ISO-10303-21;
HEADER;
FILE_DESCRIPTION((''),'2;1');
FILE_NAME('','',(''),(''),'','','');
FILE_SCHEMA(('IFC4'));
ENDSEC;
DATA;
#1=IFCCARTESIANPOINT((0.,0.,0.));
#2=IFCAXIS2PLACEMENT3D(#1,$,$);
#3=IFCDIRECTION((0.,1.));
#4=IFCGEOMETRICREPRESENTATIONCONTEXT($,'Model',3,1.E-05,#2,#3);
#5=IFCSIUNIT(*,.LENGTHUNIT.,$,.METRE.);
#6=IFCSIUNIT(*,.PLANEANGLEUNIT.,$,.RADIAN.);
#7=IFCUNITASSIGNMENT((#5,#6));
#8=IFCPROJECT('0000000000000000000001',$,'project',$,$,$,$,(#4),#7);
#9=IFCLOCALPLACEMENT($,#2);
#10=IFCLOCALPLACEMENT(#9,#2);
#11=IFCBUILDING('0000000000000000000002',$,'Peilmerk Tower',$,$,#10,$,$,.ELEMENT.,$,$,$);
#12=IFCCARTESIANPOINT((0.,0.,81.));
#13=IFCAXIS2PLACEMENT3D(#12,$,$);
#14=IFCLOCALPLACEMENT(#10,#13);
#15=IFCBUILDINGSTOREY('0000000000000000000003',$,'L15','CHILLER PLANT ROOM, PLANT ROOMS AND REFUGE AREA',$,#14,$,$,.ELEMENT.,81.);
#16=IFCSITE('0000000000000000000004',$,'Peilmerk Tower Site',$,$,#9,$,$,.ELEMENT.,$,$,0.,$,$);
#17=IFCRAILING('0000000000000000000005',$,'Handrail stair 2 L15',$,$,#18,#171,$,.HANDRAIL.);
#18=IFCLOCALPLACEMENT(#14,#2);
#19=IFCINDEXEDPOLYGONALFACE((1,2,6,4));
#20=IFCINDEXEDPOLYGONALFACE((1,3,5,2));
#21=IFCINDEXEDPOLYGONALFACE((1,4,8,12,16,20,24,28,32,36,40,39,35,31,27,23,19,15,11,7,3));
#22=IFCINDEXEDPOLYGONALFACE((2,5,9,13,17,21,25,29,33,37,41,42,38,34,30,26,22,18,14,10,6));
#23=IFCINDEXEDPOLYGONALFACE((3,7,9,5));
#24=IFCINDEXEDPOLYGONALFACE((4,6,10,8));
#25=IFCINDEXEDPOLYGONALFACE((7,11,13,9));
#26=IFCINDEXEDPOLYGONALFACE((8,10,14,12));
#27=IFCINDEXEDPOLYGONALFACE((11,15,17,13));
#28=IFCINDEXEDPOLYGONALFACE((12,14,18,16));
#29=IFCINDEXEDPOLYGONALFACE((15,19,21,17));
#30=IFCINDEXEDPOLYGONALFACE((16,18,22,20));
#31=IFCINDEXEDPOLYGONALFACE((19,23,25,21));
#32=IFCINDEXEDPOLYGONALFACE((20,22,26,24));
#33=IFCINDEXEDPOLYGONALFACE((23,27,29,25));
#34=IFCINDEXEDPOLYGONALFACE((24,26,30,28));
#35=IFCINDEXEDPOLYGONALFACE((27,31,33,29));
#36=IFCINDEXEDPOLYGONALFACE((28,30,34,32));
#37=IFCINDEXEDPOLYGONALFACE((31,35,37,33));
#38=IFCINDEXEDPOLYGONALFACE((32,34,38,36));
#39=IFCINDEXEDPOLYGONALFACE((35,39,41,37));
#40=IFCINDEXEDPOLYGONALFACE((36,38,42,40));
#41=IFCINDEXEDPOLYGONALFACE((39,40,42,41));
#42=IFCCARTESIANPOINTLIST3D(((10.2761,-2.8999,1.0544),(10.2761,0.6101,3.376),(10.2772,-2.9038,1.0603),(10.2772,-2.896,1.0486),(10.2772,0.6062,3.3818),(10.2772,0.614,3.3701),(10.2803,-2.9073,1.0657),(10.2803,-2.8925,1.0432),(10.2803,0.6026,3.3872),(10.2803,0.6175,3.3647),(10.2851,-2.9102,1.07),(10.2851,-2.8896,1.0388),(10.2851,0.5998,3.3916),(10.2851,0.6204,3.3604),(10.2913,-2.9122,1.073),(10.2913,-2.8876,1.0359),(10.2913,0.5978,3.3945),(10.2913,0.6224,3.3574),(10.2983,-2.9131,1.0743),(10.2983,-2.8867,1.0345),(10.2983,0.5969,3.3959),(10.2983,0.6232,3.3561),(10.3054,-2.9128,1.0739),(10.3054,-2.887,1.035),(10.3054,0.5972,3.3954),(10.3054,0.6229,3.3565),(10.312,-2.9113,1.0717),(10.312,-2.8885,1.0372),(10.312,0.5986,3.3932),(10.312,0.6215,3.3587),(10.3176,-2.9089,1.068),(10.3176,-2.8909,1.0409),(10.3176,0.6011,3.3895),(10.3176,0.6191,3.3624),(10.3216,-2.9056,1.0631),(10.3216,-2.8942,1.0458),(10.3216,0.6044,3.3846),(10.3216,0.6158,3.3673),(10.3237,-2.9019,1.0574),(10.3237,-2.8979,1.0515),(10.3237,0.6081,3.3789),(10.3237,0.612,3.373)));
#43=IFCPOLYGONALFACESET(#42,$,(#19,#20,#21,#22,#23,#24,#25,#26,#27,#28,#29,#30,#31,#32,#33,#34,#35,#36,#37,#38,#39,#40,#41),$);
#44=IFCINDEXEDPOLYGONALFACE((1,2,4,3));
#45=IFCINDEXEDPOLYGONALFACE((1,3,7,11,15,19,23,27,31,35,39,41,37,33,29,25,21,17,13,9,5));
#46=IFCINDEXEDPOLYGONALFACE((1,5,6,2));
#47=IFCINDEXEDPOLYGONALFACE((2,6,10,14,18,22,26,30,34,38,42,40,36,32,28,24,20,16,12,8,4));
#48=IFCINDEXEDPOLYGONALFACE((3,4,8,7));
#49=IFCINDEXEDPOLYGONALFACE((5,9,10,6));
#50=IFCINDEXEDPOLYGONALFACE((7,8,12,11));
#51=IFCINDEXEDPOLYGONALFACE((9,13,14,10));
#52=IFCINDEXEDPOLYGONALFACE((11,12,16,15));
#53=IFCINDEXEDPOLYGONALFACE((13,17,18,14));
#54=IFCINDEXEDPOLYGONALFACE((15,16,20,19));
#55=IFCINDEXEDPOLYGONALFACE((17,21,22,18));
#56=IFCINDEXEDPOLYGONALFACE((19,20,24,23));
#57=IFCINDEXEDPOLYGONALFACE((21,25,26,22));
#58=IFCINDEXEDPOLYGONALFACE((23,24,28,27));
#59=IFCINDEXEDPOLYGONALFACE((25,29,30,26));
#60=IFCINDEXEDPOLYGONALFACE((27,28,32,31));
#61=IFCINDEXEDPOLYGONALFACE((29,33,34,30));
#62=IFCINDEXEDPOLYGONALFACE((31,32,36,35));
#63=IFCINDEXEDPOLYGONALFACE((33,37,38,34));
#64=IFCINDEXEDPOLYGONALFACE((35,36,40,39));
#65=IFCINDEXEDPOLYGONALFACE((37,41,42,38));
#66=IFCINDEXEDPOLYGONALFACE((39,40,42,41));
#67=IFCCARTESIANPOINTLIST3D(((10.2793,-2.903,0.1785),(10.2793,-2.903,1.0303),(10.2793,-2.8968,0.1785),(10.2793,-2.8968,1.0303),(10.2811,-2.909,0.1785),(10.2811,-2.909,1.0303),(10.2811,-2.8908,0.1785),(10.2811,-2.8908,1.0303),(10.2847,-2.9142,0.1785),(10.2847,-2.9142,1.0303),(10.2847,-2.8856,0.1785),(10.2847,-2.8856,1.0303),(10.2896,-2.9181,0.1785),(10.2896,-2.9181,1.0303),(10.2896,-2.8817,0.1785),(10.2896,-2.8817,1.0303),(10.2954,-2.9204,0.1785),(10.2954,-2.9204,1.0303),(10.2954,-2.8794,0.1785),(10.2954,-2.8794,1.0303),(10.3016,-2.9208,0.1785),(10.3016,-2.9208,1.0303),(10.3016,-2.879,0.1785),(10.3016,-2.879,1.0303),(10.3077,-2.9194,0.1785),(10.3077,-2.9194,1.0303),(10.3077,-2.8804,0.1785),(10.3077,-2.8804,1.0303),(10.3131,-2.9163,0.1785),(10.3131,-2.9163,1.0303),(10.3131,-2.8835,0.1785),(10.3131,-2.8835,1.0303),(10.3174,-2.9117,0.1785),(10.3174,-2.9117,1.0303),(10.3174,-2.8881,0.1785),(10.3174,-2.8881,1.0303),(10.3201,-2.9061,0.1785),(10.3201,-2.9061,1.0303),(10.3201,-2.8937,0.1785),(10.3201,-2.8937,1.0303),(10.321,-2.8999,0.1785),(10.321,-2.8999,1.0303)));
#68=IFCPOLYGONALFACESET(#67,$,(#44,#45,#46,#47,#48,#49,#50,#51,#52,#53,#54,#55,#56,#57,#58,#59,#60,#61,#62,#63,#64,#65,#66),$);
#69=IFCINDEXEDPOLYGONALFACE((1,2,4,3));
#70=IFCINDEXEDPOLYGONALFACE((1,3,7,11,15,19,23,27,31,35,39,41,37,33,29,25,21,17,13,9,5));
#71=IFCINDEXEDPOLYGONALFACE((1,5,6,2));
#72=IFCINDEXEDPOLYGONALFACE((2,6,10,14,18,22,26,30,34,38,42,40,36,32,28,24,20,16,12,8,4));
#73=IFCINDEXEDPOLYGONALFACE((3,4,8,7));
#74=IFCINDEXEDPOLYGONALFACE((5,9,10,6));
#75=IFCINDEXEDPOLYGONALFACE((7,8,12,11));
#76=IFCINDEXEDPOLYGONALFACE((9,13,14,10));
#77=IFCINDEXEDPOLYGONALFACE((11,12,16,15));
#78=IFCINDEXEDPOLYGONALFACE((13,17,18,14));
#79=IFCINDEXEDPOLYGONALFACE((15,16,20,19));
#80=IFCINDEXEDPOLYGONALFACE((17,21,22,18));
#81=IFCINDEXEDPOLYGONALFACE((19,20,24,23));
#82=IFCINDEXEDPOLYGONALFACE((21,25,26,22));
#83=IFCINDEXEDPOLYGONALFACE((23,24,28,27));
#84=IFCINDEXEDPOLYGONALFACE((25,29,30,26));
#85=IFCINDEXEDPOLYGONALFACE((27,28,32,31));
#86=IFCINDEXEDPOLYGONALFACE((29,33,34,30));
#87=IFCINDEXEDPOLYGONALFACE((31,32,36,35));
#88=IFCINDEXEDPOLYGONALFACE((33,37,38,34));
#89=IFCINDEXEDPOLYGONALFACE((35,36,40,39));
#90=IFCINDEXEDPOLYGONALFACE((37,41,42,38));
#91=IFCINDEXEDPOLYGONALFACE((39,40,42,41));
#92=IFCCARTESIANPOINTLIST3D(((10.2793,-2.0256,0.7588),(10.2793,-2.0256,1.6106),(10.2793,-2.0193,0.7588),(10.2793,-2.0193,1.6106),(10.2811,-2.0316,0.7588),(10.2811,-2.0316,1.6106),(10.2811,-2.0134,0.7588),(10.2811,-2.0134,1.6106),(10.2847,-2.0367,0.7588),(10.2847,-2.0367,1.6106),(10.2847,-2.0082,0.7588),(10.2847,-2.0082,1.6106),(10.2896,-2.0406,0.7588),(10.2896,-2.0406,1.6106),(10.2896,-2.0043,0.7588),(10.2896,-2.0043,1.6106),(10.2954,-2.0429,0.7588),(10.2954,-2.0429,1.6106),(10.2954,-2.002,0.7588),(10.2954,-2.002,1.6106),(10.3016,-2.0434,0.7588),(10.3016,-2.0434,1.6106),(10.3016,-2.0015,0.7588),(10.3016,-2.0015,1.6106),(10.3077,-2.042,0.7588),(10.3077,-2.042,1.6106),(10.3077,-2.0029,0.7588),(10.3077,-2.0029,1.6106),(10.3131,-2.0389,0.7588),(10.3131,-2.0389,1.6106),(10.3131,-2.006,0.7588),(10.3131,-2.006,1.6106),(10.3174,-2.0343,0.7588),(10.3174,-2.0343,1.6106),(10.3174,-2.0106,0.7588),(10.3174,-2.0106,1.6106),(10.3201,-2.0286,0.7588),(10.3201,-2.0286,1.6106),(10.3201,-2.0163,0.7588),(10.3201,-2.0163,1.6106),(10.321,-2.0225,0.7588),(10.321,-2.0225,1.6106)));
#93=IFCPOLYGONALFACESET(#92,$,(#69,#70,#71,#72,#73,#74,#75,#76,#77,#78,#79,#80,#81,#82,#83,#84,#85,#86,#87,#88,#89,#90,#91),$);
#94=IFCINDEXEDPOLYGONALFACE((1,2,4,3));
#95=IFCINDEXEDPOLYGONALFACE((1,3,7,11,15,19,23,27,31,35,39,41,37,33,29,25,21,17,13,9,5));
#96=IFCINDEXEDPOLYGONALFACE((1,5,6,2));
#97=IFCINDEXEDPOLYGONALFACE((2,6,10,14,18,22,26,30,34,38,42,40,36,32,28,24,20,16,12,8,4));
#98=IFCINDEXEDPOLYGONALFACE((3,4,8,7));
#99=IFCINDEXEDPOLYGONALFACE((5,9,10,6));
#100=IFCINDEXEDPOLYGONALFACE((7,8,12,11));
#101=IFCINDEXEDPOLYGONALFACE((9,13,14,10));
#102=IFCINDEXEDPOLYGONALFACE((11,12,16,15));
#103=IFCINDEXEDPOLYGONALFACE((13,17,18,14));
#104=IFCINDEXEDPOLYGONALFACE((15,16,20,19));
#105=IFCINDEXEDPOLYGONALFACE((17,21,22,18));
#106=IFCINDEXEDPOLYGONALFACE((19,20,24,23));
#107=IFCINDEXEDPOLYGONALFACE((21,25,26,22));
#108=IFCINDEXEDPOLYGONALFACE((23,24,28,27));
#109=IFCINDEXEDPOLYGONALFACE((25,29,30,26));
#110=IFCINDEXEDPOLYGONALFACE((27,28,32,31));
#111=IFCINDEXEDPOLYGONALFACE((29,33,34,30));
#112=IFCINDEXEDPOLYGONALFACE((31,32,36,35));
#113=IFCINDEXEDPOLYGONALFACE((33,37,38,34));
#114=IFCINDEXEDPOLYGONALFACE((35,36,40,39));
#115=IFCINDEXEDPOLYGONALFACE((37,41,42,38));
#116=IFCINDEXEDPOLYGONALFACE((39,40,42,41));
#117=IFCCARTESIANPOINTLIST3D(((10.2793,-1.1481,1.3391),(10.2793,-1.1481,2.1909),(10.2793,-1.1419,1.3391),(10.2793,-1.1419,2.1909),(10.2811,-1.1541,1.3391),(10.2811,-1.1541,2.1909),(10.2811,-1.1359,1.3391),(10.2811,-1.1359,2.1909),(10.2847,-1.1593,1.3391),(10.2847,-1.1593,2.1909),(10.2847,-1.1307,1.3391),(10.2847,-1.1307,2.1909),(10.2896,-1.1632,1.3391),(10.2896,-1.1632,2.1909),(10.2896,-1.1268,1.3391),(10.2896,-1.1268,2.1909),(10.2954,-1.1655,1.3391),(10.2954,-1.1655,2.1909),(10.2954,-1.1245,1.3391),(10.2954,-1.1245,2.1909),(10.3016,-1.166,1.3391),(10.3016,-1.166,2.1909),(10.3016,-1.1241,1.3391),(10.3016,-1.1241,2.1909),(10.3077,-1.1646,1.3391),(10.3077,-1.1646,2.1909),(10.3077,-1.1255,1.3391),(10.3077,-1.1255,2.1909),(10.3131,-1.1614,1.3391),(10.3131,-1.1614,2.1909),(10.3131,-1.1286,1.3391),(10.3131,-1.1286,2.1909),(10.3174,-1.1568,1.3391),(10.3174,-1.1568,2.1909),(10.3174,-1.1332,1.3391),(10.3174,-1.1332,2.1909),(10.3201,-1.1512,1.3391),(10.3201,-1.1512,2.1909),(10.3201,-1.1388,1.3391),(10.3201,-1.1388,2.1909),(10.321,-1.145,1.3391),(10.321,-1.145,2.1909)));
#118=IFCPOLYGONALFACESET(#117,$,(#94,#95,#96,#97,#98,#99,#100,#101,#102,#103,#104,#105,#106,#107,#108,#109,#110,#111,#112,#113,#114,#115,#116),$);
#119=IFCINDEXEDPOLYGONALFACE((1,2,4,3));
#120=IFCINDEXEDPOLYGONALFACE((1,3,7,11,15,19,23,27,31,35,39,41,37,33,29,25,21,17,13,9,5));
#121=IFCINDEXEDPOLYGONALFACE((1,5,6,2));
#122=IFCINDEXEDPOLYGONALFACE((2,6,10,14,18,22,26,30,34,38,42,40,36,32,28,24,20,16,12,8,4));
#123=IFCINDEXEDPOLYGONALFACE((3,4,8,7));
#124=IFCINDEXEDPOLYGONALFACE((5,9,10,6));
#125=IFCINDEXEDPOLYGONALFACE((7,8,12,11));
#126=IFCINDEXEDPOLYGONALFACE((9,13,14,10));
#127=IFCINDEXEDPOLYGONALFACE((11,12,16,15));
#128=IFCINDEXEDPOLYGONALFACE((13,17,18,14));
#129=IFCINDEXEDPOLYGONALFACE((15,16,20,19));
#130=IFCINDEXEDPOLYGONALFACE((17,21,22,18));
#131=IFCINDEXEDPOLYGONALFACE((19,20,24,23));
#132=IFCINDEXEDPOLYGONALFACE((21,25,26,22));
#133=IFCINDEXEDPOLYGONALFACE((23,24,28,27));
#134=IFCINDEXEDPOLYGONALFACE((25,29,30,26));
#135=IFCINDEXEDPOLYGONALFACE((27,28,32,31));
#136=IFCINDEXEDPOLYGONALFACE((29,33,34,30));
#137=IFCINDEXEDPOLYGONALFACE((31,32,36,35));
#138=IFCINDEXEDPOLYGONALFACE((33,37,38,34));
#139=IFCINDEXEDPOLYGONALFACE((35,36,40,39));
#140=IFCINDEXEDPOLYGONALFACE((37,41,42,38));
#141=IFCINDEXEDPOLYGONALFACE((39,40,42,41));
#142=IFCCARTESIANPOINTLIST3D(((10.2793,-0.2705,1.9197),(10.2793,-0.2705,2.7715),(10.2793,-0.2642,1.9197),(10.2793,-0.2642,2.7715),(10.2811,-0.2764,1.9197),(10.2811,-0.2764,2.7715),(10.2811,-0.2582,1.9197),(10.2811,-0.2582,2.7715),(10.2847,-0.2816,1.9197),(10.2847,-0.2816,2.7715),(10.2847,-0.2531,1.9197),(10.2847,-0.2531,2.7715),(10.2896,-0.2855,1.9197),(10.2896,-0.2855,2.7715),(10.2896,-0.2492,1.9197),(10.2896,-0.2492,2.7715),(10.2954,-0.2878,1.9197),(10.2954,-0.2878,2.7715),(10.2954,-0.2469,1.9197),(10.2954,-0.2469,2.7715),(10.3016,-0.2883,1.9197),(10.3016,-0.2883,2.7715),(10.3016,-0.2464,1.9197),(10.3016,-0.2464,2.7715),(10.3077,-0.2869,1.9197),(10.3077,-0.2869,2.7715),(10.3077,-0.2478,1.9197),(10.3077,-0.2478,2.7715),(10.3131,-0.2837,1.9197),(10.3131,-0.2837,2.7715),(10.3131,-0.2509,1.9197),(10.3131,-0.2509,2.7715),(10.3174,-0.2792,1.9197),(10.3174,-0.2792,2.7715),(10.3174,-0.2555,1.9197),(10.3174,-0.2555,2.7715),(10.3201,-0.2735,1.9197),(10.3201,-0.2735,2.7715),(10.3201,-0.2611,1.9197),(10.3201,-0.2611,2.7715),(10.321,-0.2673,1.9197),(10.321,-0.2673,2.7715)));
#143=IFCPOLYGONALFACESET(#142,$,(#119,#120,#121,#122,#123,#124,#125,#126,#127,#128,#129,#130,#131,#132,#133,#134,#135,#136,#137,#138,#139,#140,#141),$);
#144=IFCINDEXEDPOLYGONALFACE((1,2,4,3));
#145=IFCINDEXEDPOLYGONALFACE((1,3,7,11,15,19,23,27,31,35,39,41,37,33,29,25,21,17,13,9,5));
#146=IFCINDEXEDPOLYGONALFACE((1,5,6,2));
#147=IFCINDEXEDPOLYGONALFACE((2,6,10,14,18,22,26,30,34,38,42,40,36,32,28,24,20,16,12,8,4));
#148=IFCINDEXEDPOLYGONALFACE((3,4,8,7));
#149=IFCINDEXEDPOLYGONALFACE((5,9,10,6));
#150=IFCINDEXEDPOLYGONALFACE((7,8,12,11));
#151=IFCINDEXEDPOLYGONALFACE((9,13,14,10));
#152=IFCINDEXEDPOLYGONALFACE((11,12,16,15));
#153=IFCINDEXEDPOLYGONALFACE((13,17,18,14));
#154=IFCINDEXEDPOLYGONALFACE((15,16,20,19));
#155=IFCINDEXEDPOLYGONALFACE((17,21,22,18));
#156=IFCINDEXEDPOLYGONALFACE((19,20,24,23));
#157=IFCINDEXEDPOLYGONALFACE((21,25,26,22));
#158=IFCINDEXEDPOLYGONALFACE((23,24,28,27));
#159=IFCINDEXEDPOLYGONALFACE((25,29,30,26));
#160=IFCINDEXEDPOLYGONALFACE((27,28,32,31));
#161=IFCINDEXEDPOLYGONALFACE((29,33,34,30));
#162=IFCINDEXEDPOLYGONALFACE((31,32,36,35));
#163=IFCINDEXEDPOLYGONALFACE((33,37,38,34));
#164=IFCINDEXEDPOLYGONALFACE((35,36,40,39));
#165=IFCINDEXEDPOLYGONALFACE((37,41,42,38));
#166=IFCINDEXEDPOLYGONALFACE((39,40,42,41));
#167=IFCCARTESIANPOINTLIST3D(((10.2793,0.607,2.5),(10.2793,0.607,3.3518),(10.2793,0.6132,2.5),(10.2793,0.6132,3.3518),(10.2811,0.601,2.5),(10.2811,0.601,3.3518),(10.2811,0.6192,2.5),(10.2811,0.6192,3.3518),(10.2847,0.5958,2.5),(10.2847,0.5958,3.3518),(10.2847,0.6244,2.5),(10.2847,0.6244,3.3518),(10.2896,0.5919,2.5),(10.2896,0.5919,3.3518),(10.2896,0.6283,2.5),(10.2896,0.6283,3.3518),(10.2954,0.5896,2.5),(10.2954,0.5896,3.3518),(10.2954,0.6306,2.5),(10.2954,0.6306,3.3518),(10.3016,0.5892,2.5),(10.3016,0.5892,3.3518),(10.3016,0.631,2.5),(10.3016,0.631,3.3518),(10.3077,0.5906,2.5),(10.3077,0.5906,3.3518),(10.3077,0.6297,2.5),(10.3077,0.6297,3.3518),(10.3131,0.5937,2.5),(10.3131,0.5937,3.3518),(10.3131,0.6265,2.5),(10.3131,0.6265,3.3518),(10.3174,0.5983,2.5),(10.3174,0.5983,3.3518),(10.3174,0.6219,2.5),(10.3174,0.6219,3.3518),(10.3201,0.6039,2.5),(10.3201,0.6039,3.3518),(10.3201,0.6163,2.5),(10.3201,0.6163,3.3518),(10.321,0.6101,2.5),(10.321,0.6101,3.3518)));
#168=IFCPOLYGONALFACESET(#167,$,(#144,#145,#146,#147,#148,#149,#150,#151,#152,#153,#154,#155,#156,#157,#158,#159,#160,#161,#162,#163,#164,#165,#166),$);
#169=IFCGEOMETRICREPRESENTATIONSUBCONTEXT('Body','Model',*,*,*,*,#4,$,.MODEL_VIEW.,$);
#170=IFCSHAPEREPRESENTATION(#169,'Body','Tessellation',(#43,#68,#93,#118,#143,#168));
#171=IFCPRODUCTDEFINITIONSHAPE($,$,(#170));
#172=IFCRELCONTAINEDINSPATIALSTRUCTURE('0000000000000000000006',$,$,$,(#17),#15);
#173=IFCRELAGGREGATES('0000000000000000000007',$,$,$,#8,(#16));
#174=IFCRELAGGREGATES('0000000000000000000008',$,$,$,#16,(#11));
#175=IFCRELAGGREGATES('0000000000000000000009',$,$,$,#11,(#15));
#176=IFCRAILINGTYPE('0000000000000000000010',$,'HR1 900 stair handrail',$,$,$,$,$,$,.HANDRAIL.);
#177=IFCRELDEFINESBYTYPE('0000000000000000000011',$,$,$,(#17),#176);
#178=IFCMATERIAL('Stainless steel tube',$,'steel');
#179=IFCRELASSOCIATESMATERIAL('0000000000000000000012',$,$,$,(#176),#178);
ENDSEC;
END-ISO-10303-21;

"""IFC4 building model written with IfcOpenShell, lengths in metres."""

from ifc_helpers import new_model, si_unit, direction, frame, origin, origin_2d, place, context, subcontext, project, spatial, circle, extrude, material, type_object, element, save


model = new_model("IFC4")

# Units and contexts
model_context = context("Model", 3, precision=1e-05, world=origin(), true_north=direction((0.0, 1.0)))
body_context = subcontext(model_context, "Body", "Model", "MODEL_VIEW")
ifc_project = project(units=[si_unit("LENGTHUNIT", "METRE"), si_unit("PLANEANGLEUNIT", "RADIAN")], contexts=[model_context])

# Site, building, storey
site_placement = place(None, origin())
site = spatial("IfcSite", under=ifc_project, at=site_placement, Name="Peilmerk Tower Site", CompositionType="ELEMENT", RefElevation=0.0)
building_placement = place(site_placement, origin())
building = spatial("IfcBuilding", under=site, at=building_placement, Name="Peilmerk Tower", CompositionType="ELEMENT")
storey_placement = place(building_placement, frame((0.0, 0.0, 81.0)))
storey = spatial("IfcBuildingStorey", under=building, at=storey_placement, Name="L15", Description="CHILLER PLANT ROOM, PLANT ROOMS AND REFUGE AREA", CompositionType="ELEMENT", Elevation=81.0)

# Railing
ifc_material_1 = material(Name="Stainless steel tube", Category="steel")
railing_type_1 = type_object("IfcRailingType", Name="HR1 900 stair handrail", PredefinedType="HANDRAIL", material=ifc_material_1)
railing_1_placement = place(storey_placement, frame((10.3, -2.8999, 0.1785)))
element("IfcRailing", 1, at=railing_1_placement, inside=storey, type_object=railing_type_1, Name="Handrail stair 2 L15", PredefinedType="HANDRAIL", context=body_context, shape_type="SweptSolid", body=[
    extrude(circle(Radius=0.0239, at=origin_2d()), frame((0.0, 0.0, 0.876), z_axis=(0.0, 0.834071, 0.551657), x_axis=(-1.0, 0.0, 0.0)), (0.0, 0.0, 1.0), 4.2083),
    extrude(circle(Radius=0.021, at=origin_2d()), origin(), (0.0, 0.0, 1.0), 0.8518),
    extrude(circle(Radius=0.021, at=origin_2d()), frame((0.0, 0.8774, 0.5803)), (0.0, 0.0, 1.0), 0.8518),
    extrude(circle(Radius=0.021, at=origin_2d()), frame((0.0, 1.7549, 1.1606)), (0.0, 0.0, 1.0), 0.8518),
    extrude(circle(Radius=0.021, at=origin_2d()), frame((0.0, 2.6326, 1.7412)), (0.0, 0.0, 1.0), 0.8518),
    extrude(circle(Radius=0.021, at=origin_2d()), frame((0.0, 3.51, 2.3215)), (0.0, 0.0, 1.0), 0.8518),
])

save(model, "model.ifc")
